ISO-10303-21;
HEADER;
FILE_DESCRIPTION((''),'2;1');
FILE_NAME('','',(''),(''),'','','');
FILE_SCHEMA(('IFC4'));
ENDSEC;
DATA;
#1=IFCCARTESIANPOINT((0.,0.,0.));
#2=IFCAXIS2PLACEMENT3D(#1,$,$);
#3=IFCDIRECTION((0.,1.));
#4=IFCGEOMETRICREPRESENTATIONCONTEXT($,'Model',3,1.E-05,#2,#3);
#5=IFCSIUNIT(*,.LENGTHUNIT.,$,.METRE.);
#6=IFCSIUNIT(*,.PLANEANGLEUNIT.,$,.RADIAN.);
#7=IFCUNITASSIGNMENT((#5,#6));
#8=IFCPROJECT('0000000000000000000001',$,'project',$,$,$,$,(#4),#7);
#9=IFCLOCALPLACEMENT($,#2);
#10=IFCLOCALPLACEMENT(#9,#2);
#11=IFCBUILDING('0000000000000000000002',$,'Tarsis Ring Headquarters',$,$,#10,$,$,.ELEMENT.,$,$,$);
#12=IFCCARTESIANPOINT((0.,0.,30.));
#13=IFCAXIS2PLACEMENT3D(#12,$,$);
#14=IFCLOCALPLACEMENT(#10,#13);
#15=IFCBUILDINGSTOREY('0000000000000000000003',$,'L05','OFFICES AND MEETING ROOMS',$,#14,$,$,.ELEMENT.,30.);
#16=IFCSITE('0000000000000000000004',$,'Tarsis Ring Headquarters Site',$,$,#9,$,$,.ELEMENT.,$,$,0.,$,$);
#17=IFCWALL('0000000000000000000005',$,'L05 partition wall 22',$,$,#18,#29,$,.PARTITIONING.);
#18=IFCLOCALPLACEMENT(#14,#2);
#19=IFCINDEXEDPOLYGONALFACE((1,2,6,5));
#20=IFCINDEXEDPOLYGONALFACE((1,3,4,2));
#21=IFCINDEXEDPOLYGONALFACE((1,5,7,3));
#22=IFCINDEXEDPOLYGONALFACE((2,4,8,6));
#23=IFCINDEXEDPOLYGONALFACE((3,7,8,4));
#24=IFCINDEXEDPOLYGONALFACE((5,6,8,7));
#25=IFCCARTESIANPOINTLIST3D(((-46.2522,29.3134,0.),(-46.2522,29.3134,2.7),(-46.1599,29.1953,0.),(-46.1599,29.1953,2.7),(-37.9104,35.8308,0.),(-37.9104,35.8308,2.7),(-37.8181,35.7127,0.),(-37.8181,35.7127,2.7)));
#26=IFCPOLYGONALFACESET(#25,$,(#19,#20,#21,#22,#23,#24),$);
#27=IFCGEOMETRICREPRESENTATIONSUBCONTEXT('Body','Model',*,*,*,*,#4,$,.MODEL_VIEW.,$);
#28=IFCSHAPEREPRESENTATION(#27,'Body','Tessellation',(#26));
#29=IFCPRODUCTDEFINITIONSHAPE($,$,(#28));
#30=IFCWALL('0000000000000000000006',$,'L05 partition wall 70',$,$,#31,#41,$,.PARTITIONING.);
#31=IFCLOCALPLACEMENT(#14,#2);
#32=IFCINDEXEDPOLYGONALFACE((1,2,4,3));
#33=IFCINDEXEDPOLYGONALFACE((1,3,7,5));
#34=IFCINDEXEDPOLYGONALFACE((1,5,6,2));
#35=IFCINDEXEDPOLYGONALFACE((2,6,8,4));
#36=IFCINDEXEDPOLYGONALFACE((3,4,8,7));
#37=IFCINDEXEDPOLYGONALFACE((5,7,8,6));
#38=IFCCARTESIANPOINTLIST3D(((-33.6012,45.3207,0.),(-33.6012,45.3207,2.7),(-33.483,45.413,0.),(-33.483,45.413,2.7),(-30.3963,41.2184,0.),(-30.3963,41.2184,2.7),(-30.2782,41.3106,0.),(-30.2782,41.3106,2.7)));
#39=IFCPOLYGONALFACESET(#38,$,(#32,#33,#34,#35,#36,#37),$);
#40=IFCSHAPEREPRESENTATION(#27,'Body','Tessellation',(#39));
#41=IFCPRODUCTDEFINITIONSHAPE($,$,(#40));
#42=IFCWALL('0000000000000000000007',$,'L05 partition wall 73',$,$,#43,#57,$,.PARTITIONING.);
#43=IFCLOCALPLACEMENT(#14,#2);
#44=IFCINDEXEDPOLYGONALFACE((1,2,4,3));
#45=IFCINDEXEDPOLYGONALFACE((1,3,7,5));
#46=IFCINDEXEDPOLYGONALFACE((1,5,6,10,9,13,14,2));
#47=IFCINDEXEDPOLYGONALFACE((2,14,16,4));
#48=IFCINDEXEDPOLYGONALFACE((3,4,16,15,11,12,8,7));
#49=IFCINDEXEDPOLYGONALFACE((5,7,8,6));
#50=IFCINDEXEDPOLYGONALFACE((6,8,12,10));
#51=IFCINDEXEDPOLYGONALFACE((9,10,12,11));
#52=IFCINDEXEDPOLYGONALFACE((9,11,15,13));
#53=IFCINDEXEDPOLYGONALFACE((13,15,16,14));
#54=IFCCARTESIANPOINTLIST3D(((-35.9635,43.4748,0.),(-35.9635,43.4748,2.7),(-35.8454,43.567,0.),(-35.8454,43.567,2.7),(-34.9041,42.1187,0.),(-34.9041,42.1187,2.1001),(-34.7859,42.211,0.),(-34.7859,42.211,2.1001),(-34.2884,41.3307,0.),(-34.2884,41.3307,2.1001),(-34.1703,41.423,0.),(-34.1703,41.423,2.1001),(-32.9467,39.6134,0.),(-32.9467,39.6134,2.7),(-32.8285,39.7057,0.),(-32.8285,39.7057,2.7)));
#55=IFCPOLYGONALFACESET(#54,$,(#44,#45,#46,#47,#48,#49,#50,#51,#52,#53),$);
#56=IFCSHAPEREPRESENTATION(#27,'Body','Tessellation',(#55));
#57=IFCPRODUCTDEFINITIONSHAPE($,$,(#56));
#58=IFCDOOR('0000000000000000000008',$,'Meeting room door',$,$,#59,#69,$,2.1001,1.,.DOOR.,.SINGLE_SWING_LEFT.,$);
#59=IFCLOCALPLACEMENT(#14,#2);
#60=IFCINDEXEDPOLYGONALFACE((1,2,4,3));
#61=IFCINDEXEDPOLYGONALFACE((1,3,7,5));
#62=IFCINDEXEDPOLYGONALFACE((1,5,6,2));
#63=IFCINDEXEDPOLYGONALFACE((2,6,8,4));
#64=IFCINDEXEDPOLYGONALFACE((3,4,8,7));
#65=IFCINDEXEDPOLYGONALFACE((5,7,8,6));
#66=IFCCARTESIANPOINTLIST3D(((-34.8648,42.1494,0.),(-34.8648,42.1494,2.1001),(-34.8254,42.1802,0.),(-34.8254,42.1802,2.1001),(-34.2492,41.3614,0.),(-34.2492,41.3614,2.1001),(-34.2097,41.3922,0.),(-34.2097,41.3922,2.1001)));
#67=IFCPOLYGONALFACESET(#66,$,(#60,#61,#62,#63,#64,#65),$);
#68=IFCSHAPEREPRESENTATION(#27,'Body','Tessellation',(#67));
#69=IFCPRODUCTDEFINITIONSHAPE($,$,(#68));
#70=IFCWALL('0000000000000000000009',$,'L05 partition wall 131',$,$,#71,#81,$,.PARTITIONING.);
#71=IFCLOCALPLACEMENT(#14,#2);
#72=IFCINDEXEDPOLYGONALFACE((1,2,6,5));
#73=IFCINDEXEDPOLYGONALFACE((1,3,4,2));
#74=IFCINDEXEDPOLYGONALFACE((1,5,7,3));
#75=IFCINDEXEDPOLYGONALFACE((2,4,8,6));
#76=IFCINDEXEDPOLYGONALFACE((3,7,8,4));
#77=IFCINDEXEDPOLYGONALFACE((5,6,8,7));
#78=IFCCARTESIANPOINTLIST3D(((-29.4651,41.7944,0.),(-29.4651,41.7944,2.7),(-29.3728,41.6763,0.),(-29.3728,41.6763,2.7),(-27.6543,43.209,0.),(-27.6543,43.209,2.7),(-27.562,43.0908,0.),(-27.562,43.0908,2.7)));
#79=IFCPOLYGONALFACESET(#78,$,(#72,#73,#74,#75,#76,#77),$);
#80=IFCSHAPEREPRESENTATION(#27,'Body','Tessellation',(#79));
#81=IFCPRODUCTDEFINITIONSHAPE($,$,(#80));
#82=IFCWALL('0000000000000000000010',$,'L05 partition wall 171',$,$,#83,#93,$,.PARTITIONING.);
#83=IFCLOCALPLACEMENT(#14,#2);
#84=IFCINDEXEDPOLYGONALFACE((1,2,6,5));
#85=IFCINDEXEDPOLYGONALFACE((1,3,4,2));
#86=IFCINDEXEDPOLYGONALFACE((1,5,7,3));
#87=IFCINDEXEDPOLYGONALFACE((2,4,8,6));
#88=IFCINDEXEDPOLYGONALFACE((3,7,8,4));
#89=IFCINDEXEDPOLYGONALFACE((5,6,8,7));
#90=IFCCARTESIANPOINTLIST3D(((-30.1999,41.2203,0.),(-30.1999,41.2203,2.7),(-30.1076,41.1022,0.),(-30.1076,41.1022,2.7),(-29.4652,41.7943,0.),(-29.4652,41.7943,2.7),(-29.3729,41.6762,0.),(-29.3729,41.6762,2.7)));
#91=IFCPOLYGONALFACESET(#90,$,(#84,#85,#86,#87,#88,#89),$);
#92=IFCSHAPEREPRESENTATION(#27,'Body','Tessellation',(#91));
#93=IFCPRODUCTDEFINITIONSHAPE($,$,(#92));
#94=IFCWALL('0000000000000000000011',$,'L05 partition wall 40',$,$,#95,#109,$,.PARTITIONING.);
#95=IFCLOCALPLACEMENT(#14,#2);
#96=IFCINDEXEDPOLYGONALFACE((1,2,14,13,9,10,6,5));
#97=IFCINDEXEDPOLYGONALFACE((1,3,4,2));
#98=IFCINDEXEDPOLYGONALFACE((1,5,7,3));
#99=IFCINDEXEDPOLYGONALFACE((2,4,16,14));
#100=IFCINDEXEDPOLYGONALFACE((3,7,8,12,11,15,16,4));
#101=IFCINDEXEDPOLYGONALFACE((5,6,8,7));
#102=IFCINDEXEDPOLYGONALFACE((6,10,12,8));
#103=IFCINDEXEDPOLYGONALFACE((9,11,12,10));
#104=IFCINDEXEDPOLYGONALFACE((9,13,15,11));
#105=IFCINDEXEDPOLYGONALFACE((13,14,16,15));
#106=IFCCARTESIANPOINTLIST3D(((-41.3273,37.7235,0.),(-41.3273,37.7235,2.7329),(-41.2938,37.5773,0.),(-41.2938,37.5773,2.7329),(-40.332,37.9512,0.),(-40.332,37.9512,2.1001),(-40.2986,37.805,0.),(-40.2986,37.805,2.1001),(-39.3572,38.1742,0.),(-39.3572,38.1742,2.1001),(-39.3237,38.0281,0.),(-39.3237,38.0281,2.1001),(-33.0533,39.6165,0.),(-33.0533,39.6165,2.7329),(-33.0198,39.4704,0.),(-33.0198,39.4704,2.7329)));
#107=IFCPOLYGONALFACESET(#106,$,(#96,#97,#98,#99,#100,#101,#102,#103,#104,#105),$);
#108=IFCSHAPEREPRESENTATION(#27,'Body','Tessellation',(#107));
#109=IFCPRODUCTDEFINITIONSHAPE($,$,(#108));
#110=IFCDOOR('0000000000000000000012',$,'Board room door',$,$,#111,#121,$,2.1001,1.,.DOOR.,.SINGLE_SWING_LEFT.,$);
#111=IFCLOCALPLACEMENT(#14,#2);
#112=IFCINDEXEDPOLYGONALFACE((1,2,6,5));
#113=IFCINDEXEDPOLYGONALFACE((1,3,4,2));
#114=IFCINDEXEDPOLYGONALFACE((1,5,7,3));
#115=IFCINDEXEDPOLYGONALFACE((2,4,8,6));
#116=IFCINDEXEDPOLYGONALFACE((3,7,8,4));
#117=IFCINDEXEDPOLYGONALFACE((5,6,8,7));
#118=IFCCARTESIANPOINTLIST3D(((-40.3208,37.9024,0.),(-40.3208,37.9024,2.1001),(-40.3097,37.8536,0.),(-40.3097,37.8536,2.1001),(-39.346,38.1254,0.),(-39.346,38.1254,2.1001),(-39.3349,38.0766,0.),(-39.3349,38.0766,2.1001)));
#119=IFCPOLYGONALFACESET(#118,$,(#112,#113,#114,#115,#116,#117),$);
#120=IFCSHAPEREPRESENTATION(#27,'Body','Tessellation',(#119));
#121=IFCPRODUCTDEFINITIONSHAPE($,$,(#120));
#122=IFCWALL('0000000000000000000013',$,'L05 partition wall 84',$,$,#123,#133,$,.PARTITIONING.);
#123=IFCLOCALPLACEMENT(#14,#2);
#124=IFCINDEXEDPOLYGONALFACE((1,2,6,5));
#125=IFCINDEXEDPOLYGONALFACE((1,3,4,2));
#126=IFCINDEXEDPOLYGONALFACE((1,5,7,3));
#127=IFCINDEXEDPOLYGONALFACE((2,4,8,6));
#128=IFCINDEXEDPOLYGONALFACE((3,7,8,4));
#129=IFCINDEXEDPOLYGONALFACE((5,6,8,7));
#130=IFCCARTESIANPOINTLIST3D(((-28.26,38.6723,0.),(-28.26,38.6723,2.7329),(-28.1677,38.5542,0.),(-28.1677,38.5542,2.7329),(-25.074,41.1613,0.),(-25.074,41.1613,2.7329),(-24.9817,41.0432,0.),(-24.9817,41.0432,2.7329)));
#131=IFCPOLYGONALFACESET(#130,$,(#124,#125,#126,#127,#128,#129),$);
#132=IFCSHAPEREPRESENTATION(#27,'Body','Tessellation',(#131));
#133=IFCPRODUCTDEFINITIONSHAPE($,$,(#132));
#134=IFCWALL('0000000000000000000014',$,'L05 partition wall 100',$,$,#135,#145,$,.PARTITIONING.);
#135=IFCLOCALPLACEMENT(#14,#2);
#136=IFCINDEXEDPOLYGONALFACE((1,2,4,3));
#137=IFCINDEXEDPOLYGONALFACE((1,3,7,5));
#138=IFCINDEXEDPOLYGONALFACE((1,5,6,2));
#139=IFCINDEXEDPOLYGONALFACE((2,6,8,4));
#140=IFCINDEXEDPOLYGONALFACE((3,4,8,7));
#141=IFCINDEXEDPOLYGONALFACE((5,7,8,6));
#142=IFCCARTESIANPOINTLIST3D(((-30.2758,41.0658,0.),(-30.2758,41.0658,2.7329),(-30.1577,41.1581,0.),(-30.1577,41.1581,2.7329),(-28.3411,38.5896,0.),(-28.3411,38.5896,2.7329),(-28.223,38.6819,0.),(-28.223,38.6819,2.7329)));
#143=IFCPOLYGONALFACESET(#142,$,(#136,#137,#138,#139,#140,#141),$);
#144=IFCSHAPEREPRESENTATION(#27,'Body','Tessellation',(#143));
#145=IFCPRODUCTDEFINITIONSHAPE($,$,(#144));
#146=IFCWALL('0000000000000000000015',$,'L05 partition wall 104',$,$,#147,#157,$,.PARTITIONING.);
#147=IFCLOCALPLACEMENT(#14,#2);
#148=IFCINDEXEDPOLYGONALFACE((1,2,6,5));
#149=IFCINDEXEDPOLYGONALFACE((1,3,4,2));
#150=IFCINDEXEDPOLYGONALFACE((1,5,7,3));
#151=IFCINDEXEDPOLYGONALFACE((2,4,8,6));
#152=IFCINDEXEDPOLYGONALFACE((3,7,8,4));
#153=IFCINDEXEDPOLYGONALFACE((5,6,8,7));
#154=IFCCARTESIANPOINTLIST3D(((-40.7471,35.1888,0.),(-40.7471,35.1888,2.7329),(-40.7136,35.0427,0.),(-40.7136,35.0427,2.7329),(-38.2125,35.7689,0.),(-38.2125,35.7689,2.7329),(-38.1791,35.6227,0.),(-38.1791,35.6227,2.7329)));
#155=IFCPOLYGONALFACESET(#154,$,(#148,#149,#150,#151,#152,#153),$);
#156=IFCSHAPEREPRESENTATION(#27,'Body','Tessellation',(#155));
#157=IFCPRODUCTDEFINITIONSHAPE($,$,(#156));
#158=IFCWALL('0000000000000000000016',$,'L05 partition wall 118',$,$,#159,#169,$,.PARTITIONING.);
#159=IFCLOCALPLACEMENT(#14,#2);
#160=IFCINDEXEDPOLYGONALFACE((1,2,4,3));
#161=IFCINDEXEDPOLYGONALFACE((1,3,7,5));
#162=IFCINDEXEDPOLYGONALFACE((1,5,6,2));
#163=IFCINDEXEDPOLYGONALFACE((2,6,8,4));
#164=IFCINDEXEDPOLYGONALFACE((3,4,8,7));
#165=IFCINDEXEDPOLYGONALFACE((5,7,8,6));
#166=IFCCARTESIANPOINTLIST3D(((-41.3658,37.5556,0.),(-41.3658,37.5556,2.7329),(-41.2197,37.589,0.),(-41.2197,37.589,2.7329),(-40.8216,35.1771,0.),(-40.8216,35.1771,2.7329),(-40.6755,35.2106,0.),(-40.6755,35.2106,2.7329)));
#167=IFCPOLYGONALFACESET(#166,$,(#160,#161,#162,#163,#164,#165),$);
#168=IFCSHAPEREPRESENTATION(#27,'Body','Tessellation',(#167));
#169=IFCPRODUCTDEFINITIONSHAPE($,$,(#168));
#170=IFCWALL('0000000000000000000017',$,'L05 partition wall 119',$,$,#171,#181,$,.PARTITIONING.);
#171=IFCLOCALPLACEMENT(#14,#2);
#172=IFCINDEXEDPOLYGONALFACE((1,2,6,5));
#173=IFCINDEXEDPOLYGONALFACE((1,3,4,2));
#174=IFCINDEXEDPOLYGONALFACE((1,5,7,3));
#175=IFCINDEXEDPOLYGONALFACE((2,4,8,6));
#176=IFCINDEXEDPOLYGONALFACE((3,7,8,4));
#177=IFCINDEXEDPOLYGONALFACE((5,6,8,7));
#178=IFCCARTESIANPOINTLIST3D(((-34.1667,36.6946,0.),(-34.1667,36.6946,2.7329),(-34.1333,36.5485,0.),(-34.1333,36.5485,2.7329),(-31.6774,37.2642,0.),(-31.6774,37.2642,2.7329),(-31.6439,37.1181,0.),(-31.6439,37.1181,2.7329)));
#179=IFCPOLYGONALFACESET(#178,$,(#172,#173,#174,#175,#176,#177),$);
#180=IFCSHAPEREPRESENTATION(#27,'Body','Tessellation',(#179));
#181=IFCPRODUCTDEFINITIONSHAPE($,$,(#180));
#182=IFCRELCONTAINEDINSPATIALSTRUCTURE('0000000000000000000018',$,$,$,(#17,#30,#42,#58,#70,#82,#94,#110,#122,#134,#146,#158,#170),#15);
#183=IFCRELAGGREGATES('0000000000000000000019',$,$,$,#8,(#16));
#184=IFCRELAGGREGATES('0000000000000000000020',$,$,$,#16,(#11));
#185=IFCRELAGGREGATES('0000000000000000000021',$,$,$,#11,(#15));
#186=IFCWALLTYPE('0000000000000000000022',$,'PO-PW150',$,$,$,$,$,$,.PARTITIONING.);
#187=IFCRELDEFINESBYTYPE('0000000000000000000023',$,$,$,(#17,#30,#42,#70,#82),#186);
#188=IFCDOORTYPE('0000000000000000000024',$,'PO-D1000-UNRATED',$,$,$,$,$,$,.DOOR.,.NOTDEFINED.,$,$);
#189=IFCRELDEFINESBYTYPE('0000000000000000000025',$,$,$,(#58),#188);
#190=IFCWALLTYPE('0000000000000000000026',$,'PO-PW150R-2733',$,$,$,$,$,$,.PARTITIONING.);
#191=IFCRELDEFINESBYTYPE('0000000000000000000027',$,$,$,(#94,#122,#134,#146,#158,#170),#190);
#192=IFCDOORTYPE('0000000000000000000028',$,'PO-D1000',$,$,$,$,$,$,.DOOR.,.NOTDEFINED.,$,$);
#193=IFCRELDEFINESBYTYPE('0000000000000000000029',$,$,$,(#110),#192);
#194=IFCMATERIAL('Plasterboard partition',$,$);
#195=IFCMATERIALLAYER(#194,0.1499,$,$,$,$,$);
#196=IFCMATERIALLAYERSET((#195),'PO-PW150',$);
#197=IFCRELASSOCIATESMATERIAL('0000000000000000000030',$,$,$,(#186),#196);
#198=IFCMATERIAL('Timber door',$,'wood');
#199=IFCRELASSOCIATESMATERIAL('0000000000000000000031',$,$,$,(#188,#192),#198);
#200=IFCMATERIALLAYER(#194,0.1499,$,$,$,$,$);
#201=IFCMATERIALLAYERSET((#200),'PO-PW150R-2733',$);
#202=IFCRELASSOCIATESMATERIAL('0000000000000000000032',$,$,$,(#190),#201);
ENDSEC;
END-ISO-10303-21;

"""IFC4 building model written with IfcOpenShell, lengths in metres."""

from ifc_helpers import new_model, si_unit, direction, frame, frame_2d, origin, place, context, subcontext, project, spatial, rectangle, extrude, material, layer, layer_set, type_object, element, fill, save


model = new_model("IFC4")

# Units and contexts
model_context = context("Model", 3, precision=1e-05, world=origin(), true_north=direction((0.0, 1.0)))
body_context = subcontext(model_context, "Body", "Model", "MODEL_VIEW")
ifc_project = project(units=[si_unit("LENGTHUNIT", "METRE"), si_unit("PLANEANGLEUNIT", "RADIAN")], contexts=[model_context])

# Site, building, storey
site_placement = place(None, origin())
site = spatial("IfcSite", under=ifc_project, at=site_placement, Name="Tarsis Ring Headquarters Site", CompositionType="ELEMENT", RefElevation=0.0)
building_placement = place(site_placement, origin())
building = spatial("IfcBuilding", under=site, at=building_placement, Name="Tarsis Ring Headquarters", CompositionType="ELEMENT")
storey_placement = place(building_placement, frame((0.0, 0.0, 30.0)))
storey = spatial("IfcBuildingStorey", under=building, at=storey_placement, Name="L05", Description="OFFICES AND MEETING ROOMS", CompositionType="ELEMENT", Elevation=30.0)

# Walls
ifc_material_1 = material(Name="Plasterboard partition")
ifc_layer_1 = layer(ifc_material_1, 0.1499)
ifc_layer_set_1 = layer_set([ifc_layer_1], Name="PO-PW150")
wall_type_1 = type_object("IfcWallType", Name="PO-PW150", PredefinedType="PARTITIONING", material=ifc_layer_set_1)
wall_1_placement = place(storey_placement, frame((-37.8643, 35.7717, 0.0), z_axis=(0.0, 0.0, 1.0), x_axis=(-0.78801, -0.615662, 0.0)))
element("IfcWall", 1, at=wall_1_placement, inside=storey, type_object=wall_type_1, Name="L05 partition wall 22", PredefinedType="PARTITIONING", context=body_context, shape_type="SweptSolid", body=[
    extrude(rectangle(XDim=10.5859, YDim=0.1499, at=frame_2d((5.293, 0.0))), origin(), (0.0, 0.0, 1.0), 2.7),
])
wall_2_placement = place(storey_placement, frame((-30.3372, 41.2644, 0.0), z_axis=(0.0, 0.0, 1.0), x_axis=(-0.615634, 0.788032, 0.0)))
element("IfcWall", 2, at=wall_2_placement, inside=storey, type_object=wall_type_1, Name="L05 partition wall 70", PredefinedType="PARTITIONING", context=body_context, shape_type="SweptSolid", body=[
    extrude(rectangle(XDim=5.2058, YDim=0.1499, at=frame_2d((2.603, 0.0))), origin(), (0.0, 0.0, 1.0), 2.7),
])

# Wall, opening, door
wall_3_placement = place(storey_placement, frame((-35.9045, 43.521, 0.0), z_axis=(0.0, 0.0, 1.0), x_axis=(0.615667, -0.788006, 0.0)))
wall_3 = element("IfcWall", 3, at=wall_3_placement, inside=storey, type_object=wall_type_1, Name="L05 partition wall 73", PredefinedType="PARTITIONING", context=body_context, shape_type="SweptSolid", body=[
    extrude(rectangle(XDim=4.9001, YDim=0.1499, at=frame_2d((2.4502, 0.0))), origin(), (0.0, 0.0, 1.0), 2.7),
])
opening_1_placement = place(wall_3_placement, frame((1.7209, 0.0, 0.0)))
opening_1 = element("IfcOpeningElement", 4, at=opening_1_placement, cuts=wall_3, PredefinedType="OPENING", context=body_context, shape_type="SweptSolid", body=[
    extrude(rectangle(XDim=1.0, YDim=2.1001, at=frame_2d((0.5, 1.05))), frame((0.0, 0.085, 0.0), z_axis=(0.0, -1.0, 0.0), x_axis=(1.0, 0.0, 0.0)), (0.0, 0.0, 1.0), 0.1699),
])
ifc_material_2 = material(Name="Timber door", Category="wood")
door_type_1 = type_object("IfcDoorType", Name="PO-D1000-UNRATED", OperationType="NOTDEFINED", PredefinedType="DOOR", material=ifc_material_2)
door_1_placement = place(opening_1_placement, origin())
door_1 = element("IfcDoor", 5, at=door_1_placement, inside=storey, type_object=door_type_1, Name="Meeting room door", OperationType="SINGLE_SWING_LEFT", OverallHeight=2.1001, OverallWidth=1.0, PredefinedType="DOOR", context=body_context, shape_type="SweptSolid", body=[
    extrude(rectangle(XDim=1.0, YDim=2.1001, at=frame_2d((0.5, 1.05))), frame((0.0, 0.0249, 0.0), z_axis=(0.0, -1.0, 0.0), x_axis=(1.0, 0.0, 0.0)), (0.0, 0.0, 1.0), 0.05),
])
fill(opening_1, door_1)

# Walls
wall_4_placement = place(storey_placement, frame((-27.6082, 43.1499, 0.0), z_axis=(0.0, 0.0, 1.0), x_axis=(-0.788052, -0.615609, 0.0)))
element("IfcWall", 6, at=wall_4_placement, inside=storey, type_object=wall_type_1, Name="L05 partition wall 131", PredefinedType="PARTITIONING", context=body_context, shape_type="SweptSolid", body=[
    extrude(rectangle(XDim=2.2979, YDim=0.1499, at=frame_2d((1.1489, 0.0))), origin(), (0.0, 0.0, 1.0), 2.7),
])
wall_5_placement = place(storey_placement, frame((-29.4189, 41.7354, 0.0), z_axis=(0.0, 0.0, 1.0), x_axis=(-0.787997, -0.61568, 0.0)))
element("IfcWall", 7, at=wall_5_placement, inside=storey, type_object=wall_type_1, Name="L05 partition wall 171", PredefinedType="PARTITIONING", context=body_context, shape_type="SweptSolid", body=[
    extrude(rectangle(XDim=0.9324, YDim=0.1499, at=frame_2d((0.4663, 0.0))), origin(), (0.0, 0.0, 1.0), 2.7),
])

# Wall, opening, door
ifc_layer_2 = layer(ifc_material_1, 0.1499)
ifc_layer_set_2 = layer_set([ifc_layer_2], Name="PO-PW150R-2733")
wall_type_2 = type_object("IfcWallType", Name="PO-PW150R-2733", PredefinedType="PARTITIONING", material=ifc_layer_set_2)
wall_6_placement = place(storey_placement, frame((-41.3105, 37.6504, 0.0), z_axis=(0.0, 0.0, 1.0), x_axis=(0.97481, 0.223036, 0.0)))
wall_6 = element("IfcWall", 8, at=wall_6_placement, inside=storey, type_object=wall_type_2, Name="L05 partition wall 40", PredefinedType="PARTITIONING", context=body_context, shape_type="SweptSolid", body=[
    extrude(rectangle(XDim=8.4878, YDim=0.1499, at=frame_2d((4.2439, 0.0))), origin(), (0.0, 0.0, 1.0), 2.7329),
])
opening_2_placement = place(wall_6_placement, frame((1.021, 0.0, 0.0)))
opening_2 = element("IfcOpeningElement", 9, at=opening_2_placement, cuts=wall_6, PredefinedType="OPENING", context=body_context, shape_type="SweptSolid", body=[
    extrude(rectangle(XDim=1.0, YDim=2.1001, at=frame_2d((0.5, 1.05))), frame((0.0, 0.085, 0.0), z_axis=(0.0, -1.0, 0.0), x_axis=(1.0, 0.0, 0.0)), (0.0, 0.0, 1.0), 0.1699),
])
door_type_2 = type_object("IfcDoorType", Name="PO-D1000", OperationType="NOTDEFINED", PredefinedType="DOOR", material=ifc_material_2)
door_2_placement = place(opening_2_placement, origin())
door_2 = element("IfcDoor", 10, at=door_2_placement, inside=storey, type_object=door_type_2, Name="Board room door", OperationType="SINGLE_SWING_LEFT", OverallHeight=2.1001, OverallWidth=1.0, PredefinedType="DOOR", context=body_context, shape_type="SweptSolid", body=[
    extrude(rectangle(XDim=1.0, YDim=2.1001, at=frame_2d((0.5, 1.05))), frame((0.0, 0.0249, 0.0), z_axis=(0.0, -1.0, 0.0), x_axis=(1.0, 0.0, 0.0)), (0.0, 0.0, 1.0), 0.05),
])
fill(opening_2, door_2)

# Walls
wall_7_placement = place(storey_placement, frame((-28.2139, 38.6133, 0.0), z_axis=(0.0, 0.0, 1.0), x_axis=(0.788034, 0.615632, 0.0)))
element("IfcWall", 11, at=wall_7_placement, inside=storey, type_object=wall_type_2, Name="L05 partition wall 84", PredefinedType="PARTITIONING", context=body_context, shape_type="SweptSolid", body=[
    extrude(rectangle(XDim=4.043, YDim=0.1499, at=frame_2d((2.0215, 0.0))), origin(), (0.0, 0.0, 1.0), 2.7329),
])
wall_8_placement = place(storey_placement, frame((-30.2168, 41.1121, 0.0), z_axis=(0.0, 0.0, 1.0), x_axis=(0.615671, -0.788003, 0.0)))
element("IfcWall", 12, at=wall_8_placement, inside=storey, type_object=wall_type_2, Name="L05 partition wall 100", PredefinedType="PARTITIONING", context=body_context, shape_type="SweptSolid", body=[
    extrude(rectangle(XDim=3.1423, YDim=0.1499, at=frame_2d((1.5713, 0.0))), origin(), (0.0, 0.0, 1.0), 2.7329),
])
wall_9_placement = place(storey_placement, frame((-38.1958, 35.6958, 0.0), z_axis=(0.0, 0.0, 1.0), x_axis=(-0.974798, -0.22309, 0.0)))
element("IfcWall", 13, at=wall_9_placement, inside=storey, type_object=wall_type_2, Name="L05 partition wall 104", PredefinedType="PARTITIONING", context=body_context, shape_type="SweptSolid", body=[
    extrude(rectangle(XDim=2.6001, YDim=0.1499, at=frame_2d((1.3, 0.0))), origin(), (0.0, 0.0, 1.0), 2.7329),
])
wall_10_placement = place(storey_placement, frame((-40.7485, 35.1938, 0.0), z_axis=(0.0, 0.0, 1.0), x_axis=(-0.223039, 0.974809, 0.0)))
element("IfcWall", 14, at=wall_10_placement, inside=storey, type_object=wall_type_2, Name="L05 partition wall 118", PredefinedType="PARTITIONING", context=body_context, shape_type="SweptSolid", body=[
    extrude(rectangle(XDim=2.4399, YDim=0.1499, at=frame_2d((1.22, 0.0))), origin(), (0.0, 0.0, 1.0), 2.7329),
])
wall_11_placement = place(storey_placement, frame((-31.6606, 37.1912, 0.0), z_axis=(0.0, 0.0, 1.0), x_axis=(-0.974807, -0.223051, 0.0)))
element("IfcWall", 15, at=wall_11_placement, inside=storey, type_object=wall_type_2, Name="L05 partition wall 119", PredefinedType="PARTITIONING", context=body_context, shape_type="SweptSolid", body=[
    extrude(rectangle(XDim=2.5537, YDim=0.1499, at=frame_2d((1.2769, 0.0))), origin(), (0.0, 0.0, 1.0), 2.7329),
])

save(model, "model.ifc")
